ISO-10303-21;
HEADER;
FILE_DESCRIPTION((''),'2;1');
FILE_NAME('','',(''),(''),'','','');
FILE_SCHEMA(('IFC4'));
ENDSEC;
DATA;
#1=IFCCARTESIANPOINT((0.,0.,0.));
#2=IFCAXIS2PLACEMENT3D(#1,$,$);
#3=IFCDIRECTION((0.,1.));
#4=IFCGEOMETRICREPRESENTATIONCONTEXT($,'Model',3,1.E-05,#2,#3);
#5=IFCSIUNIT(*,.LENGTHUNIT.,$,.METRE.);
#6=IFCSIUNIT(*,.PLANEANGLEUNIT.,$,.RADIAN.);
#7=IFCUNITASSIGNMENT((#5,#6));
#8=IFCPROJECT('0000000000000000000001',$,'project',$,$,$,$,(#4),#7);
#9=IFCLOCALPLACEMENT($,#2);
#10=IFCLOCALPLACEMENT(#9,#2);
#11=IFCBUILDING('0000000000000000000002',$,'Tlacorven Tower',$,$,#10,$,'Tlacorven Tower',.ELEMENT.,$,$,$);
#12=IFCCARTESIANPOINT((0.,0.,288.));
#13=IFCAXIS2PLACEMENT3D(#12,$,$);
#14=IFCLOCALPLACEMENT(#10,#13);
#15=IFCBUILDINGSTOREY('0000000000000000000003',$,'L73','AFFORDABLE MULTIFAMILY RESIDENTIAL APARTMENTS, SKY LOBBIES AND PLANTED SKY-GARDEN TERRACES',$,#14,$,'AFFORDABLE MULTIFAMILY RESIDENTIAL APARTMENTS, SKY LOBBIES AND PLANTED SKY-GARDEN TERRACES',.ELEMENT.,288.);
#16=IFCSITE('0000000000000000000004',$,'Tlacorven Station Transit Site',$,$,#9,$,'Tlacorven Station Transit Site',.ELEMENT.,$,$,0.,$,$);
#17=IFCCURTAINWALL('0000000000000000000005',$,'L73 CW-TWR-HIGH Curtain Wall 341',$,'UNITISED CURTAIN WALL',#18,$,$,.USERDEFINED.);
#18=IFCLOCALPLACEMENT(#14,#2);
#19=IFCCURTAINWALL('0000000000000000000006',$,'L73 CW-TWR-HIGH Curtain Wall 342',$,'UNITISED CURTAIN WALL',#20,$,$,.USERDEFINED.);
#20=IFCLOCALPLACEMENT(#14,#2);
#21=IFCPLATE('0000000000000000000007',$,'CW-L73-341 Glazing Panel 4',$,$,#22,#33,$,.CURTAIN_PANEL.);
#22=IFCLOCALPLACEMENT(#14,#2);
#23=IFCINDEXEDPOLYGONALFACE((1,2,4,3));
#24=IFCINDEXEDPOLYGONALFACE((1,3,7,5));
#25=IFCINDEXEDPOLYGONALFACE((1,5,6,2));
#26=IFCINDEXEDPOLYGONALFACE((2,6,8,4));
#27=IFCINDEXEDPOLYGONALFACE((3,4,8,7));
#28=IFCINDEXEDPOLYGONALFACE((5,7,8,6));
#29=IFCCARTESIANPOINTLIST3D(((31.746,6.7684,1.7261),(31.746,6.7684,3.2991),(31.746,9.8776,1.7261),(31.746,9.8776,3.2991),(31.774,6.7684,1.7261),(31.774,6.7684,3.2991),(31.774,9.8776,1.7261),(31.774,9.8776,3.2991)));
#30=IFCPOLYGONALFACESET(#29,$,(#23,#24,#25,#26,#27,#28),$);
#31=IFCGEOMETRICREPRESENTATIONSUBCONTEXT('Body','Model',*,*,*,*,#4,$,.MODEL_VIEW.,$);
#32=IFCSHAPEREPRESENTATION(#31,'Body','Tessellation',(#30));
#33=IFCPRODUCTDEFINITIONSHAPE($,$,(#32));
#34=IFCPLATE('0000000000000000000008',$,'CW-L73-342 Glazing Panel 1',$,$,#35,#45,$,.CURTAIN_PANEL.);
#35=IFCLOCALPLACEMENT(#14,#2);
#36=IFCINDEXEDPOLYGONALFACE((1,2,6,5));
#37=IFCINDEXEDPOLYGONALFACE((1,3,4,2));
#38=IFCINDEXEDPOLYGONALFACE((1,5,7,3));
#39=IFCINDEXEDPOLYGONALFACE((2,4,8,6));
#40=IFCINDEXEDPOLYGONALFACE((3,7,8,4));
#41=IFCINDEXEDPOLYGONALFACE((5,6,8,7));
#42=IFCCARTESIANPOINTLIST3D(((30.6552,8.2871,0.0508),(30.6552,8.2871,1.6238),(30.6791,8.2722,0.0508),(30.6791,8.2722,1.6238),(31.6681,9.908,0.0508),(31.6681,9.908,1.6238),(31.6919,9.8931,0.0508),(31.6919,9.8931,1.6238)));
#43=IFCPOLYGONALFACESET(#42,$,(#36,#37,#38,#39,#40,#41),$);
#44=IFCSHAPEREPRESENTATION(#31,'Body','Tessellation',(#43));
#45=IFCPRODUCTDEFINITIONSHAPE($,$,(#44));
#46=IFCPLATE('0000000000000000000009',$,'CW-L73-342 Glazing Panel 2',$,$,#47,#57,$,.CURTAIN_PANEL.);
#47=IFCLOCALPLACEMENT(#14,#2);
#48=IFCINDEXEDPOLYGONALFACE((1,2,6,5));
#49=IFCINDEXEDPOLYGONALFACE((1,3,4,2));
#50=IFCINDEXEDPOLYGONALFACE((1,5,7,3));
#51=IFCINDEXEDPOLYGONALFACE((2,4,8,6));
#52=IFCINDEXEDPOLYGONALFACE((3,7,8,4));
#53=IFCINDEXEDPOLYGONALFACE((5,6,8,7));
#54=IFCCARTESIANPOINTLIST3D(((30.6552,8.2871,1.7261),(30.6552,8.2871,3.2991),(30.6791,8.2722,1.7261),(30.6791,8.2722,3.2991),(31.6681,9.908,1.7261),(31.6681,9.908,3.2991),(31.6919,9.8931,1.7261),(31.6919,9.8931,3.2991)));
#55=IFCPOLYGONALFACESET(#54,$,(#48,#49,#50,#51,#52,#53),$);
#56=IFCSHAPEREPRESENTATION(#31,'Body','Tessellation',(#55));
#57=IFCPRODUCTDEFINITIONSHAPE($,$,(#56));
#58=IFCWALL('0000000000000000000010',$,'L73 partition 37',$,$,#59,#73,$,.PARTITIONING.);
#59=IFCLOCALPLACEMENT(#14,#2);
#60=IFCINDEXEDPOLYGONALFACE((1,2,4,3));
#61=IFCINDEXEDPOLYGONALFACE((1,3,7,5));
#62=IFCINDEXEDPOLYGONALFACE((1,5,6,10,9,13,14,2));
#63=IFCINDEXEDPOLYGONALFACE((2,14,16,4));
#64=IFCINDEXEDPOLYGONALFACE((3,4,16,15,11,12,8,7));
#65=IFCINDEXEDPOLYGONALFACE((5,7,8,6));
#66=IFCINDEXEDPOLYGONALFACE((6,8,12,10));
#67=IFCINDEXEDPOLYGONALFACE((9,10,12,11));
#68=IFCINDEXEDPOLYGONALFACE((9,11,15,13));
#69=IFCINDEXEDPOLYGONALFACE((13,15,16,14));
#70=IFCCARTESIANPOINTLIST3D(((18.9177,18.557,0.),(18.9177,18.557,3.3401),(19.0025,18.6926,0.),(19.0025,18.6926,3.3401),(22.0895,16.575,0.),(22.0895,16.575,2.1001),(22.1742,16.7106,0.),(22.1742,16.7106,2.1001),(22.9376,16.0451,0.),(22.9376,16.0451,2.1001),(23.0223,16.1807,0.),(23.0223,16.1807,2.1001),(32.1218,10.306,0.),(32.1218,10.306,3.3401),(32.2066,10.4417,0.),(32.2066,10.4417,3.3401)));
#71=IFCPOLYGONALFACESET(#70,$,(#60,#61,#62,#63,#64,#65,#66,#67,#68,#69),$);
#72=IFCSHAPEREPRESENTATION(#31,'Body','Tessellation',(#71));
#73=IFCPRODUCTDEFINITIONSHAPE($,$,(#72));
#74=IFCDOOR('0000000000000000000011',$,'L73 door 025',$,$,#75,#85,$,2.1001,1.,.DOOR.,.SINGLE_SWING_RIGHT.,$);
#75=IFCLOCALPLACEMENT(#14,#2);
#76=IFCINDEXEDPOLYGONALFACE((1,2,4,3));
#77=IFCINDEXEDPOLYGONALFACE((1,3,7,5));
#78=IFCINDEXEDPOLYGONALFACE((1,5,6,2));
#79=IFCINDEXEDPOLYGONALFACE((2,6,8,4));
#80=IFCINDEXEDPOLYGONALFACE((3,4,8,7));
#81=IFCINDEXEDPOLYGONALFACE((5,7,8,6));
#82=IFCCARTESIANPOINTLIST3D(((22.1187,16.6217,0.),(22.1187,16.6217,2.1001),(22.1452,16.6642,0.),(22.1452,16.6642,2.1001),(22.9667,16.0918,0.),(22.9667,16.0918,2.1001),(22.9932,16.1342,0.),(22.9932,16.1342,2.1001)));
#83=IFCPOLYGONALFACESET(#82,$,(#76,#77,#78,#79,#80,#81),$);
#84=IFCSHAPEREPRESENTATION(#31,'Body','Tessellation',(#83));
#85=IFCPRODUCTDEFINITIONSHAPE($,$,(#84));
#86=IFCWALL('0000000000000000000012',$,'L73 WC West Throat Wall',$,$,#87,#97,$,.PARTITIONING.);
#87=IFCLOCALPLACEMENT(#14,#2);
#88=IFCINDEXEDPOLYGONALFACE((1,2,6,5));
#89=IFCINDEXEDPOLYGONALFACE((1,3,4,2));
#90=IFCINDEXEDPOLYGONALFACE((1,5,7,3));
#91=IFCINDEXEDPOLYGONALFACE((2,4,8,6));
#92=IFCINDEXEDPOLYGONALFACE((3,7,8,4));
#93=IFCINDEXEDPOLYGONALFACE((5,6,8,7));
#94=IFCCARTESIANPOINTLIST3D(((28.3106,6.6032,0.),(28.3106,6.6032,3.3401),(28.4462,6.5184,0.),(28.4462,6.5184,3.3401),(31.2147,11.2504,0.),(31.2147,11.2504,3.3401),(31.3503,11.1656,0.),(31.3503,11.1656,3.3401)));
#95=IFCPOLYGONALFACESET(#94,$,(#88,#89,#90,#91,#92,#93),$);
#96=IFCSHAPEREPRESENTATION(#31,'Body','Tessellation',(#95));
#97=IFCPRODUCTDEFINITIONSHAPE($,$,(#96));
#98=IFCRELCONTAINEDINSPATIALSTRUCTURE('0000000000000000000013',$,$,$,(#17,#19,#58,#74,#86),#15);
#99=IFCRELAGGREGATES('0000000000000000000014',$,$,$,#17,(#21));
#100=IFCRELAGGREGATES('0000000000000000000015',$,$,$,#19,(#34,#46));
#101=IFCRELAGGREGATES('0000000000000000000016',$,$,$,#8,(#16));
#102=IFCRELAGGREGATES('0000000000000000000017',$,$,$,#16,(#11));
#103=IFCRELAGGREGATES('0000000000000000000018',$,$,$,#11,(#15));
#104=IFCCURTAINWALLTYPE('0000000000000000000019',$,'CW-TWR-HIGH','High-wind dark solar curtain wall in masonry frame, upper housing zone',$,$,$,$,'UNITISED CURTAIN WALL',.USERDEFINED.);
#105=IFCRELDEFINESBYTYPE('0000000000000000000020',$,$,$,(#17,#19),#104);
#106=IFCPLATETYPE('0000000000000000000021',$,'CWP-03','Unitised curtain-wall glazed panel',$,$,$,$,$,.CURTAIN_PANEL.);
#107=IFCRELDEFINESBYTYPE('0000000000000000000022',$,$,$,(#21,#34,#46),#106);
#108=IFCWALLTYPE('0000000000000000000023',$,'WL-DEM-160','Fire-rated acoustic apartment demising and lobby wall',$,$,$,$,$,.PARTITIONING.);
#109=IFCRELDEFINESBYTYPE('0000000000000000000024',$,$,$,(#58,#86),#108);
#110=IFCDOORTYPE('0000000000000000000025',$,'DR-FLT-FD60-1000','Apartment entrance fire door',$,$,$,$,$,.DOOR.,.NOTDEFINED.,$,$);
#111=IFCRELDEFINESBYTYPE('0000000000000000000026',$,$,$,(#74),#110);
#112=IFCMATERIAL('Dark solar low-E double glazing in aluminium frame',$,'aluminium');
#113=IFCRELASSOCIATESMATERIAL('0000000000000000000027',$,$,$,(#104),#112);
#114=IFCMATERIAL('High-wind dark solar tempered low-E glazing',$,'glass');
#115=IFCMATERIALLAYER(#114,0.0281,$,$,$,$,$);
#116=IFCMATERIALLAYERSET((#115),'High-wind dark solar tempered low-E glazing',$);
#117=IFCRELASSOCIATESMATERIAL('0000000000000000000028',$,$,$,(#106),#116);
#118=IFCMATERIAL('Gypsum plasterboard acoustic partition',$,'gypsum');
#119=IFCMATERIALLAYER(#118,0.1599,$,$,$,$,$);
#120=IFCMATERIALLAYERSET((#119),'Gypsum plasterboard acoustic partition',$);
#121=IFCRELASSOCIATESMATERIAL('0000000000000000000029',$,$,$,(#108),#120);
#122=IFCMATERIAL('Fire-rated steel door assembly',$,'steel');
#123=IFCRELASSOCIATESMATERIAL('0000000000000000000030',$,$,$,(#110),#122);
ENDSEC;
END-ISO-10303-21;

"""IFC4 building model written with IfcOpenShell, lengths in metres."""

from ifc_helpers import new_model, si_unit, direction, frame, frame_2d, origin, origin_2d, place, context, subcontext, project, spatial, rectangle, extrude, source, transform, mapped, material, layer, layer_set, type_object, element, fill, aggregate, save


model = new_model("IFC4")

# Units and contexts
model_context = context("Model", 3, precision=1e-05, world=origin(), true_north=direction((0.0, 1.0)))
body_context = subcontext(model_context, "Body", "Model", "MODEL_VIEW")
ifc_project = project(units=[si_unit("LENGTHUNIT", "METRE"), si_unit("PLANEANGLEUNIT", "RADIAN")], contexts=[model_context])

# Site, building, storey
site_placement = place(None, origin())
site = spatial("IfcSite", under=ifc_project, at=site_placement, Name="Tlacorven Station Transit Site", LongName="Tlacorven Station Transit Site", CompositionType="ELEMENT", RefElevation=0.0)
building_placement = place(site_placement, origin())
building = spatial("IfcBuilding", under=site, at=building_placement, Name="Tlacorven Tower", LongName="Tlacorven Tower", CompositionType="ELEMENT")
storey_placement = place(building_placement, frame((0.0, 0.0, 288.0)))
storey = spatial("IfcBuildingStorey", under=building, at=storey_placement, Name="L73", Description="AFFORDABLE MULTIFAMILY RESIDENTIAL APARTMENTS, SKY LOBBIES AND PLANTED SKY-GARDEN TERRACES", LongName="AFFORDABLE MULTIFAMILY RESIDENTIAL APARTMENTS, SKY LOBBIES AND PLANTED SKY-GARDEN TERRACES", CompositionType="ELEMENT", Elevation=288.0)

# Curtain wall
ifc_material_1 = material(Name="Dark solar low-E double glazing in aluminium frame", Category="aluminium")
curtain_wall_type = type_object("IfcCurtainWallType", Name="CW-TWR-HIGH", Description="High-wind dark solar curtain wall in masonry frame, upper housing zone", ElementType="UNITISED CURTAIN WALL", PredefinedType="USERDEFINED", material=ifc_material_1)
curtain_wall_1_placement = place(storey_placement, origin())
curtain_wall_1 = element("IfcCurtainWall", 1, at=curtain_wall_1_placement, inside=storey, type_object=curtain_wall_type, Name="L73 CW-TWR-HIGH Curtain Wall 341", ObjectType="UNITISED CURTAIN WALL", PredefinedType="USERDEFINED")

# Curtain wall
curtain_wall_2_placement = place(storey_placement, origin())
curtain_wall_2 = element("IfcCurtainWall", 2, at=curtain_wall_2_placement, inside=storey, type_object=curtain_wall_type, Name="L73 CW-TWR-HIGH Curtain Wall 342", ObjectType="UNITISED CURTAIN WALL", PredefinedType="USERDEFINED")

# Plates
ifc_material_2 = material(Name="High-wind dark solar tempered low-E glazing", Category="glass")
ifc_layer_1 = layer(ifc_material_2, 0.0281)
ifc_layer_set_1 = layer_set([ifc_layer_1], Name="High-wind dark solar tempered low-E glazing")
plate_type = type_object("IfcPlateType", Name="CWP-03", Description="Unitised curtain-wall glazed panel", PredefinedType="CURTAIN_PANEL", material=ifc_layer_set_1)
shared_shape_1 = source(origin(), body_context, "Body", "SweptSolid", [
    extrude(rectangle(XDim=3.1091, YDim=0.0281, at=origin_2d()), origin(), (0.0, 0.0, 1.0), 1.573),
])
plate_1_placement = place(storey_placement, frame((31.76, 8.323, 1.7261), z_axis=(0.0, 0.0, 1.0), x_axis=(0.0, 1.0, 0.0)))
plate_1 = element("IfcPlate", 3, at=plate_1_placement, type_object=plate_type, Name="CW-L73-341 Glazing Panel 4", PredefinedType="CURTAIN_PANEL", context=body_context, shape_type="MappedRepresentation", body=[
    mapped(shared_shape_1, transform((0.0, 0.0, 0.0), scale=1.0)),
])
aggregate(curtain_wall_1, [plate_1])
shared_shape_2 = source(origin(), body_context, "Body", "SweptSolid", [
    extrude(rectangle(XDim=1.9114, YDim=0.0281, at=origin_2d()), origin(), (0.0, 0.0, 1.0), 1.573),
])
plate_2_placement = place(storey_placement, frame((31.1736, 9.0901, 0.0508), z_axis=(0.0, 0.0, 1.0), x_axis=(-0.529919, -0.848048, 0.0)))
plate_2 = element("IfcPlate", 4, at=plate_2_placement, type_object=plate_type, Name="CW-L73-342 Glazing Panel 1", PredefinedType="CURTAIN_PANEL", context=body_context, shape_type="MappedRepresentation", body=[
    mapped(shared_shape_2, transform((0.0, 0.0, 0.0), scale=1.0)),
])
plate_3_placement = place(storey_placement, frame((31.1736, 9.0901, 1.7261), z_axis=(0.0, 0.0, 1.0), x_axis=(-0.529919, -0.848048, 0.0)))
plate_3 = element("IfcPlate", 5, at=plate_3_placement, type_object=plate_type, Name="CW-L73-342 Glazing Panel 2", PredefinedType="CURTAIN_PANEL", context=body_context, shape_type="MappedRepresentation", body=[
    mapped(shared_shape_2, transform((0.0, 0.0, 0.0), scale=1.0)),
])
aggregate(curtain_wall_2, [plate_2, plate_3])

# Wall, opening, door
ifc_material_3 = material(Name="Gypsum plasterboard acoustic partition", Category="gypsum")
ifc_layer_2 = layer(ifc_material_3, 0.1599)
ifc_layer_set_2 = layer_set([ifc_layer_2], Name="Gypsum plasterboard acoustic partition")
wall_type = type_object("IfcWallType", Name="WL-DEM-160", Description="Fire-rated acoustic apartment demising and lobby wall", PredefinedType="PARTITIONING", material=ifc_layer_set_2)
wall_1_placement = place(storey_placement, frame((32.1643, 10.3738, 0.0), z_axis=(0.0, 0.0, 1.0), x_axis=(-0.848044, 0.529926, 0.0)))
wall_1 = element("IfcWall", 6, at=wall_1_placement, inside=storey, type_object=wall_type, Name="L73 partition 37", PredefinedType="PARTITIONING", context=body_context, shape_type="SweptSolid", body=[
    extrude(rectangle(XDim=15.5701, YDim=0.1599, at=frame_2d((7.7852, 0.0))), origin(), (0.0, 0.0, 1.0), 3.3401),
])
opening_placement = place(wall_1_placement, frame((10.8301, 0.0, 0.0)))
opening = element("IfcOpeningElement", 7, at=opening_placement, cuts=wall_1, PredefinedType="OPENING", context=body_context, shape_type="SweptSolid", body=[
    extrude(rectangle(XDim=1.0, YDim=2.1001, at=frame_2d((0.5, 1.05))), frame((0.0, 0.0898, 0.0), z_axis=(0.0, -1.0, 0.0), x_axis=(1.0, 0.0, 0.0)), (0.0, 0.0, 1.0), 0.1799),
])
ifc_material_4 = material(Name="Fire-rated steel door assembly", Category="steel")
door_type = type_object("IfcDoorType", Name="DR-FLT-FD60-1000", Description="Apartment entrance fire door", OperationType="NOTDEFINED", PredefinedType="DOOR", material=ifc_material_4)
shared_shape_3 = source(origin(), body_context, "Body", "SweptSolid", [
    extrude(rectangle(XDim=1.0, YDim=2.1001, at=frame_2d((0.5, 1.05))), frame((0.0, 0.0249, 0.0), z_axis=(0.0, -1.0, 0.0), x_axis=(1.0, 0.0, 0.0)), (0.0, 0.0, 1.0), 0.05),
])
door_placement = place(opening_placement, origin())
door = element("IfcDoor", 8, at=door_placement, inside=storey, type_object=door_type, Name="L73 door 025", OperationType="SINGLE_SWING_RIGHT", OverallHeight=2.1001, OverallWidth=1.0, PredefinedType="DOOR", context=body_context, shape_type="MappedRepresentation", body=[
    mapped(shared_shape_3, transform((0.0, 0.0, 0.0), scale=1.0)),
])
fill(opening, door)

# Wall
wall_2_placement = place(storey_placement, frame((31.2825, 11.208, 0.0), z_axis=(0.0, 0.0, 1.0), x_axis=(-0.529939, -0.848036, 0.0)))
element("IfcWall", 9, at=wall_2_placement, inside=storey, type_object=wall_type, Name="L73 WC West Throat Wall", PredefinedType="PARTITIONING", context=body_context, shape_type="SweptSolid", body=[
    extrude(rectangle(XDim=5.48, YDim=0.1599, at=frame_2d((2.74, 0.0))), origin(), (0.0, 0.0, 1.0), 3.3401),
])

save(model, "model.ifc")
